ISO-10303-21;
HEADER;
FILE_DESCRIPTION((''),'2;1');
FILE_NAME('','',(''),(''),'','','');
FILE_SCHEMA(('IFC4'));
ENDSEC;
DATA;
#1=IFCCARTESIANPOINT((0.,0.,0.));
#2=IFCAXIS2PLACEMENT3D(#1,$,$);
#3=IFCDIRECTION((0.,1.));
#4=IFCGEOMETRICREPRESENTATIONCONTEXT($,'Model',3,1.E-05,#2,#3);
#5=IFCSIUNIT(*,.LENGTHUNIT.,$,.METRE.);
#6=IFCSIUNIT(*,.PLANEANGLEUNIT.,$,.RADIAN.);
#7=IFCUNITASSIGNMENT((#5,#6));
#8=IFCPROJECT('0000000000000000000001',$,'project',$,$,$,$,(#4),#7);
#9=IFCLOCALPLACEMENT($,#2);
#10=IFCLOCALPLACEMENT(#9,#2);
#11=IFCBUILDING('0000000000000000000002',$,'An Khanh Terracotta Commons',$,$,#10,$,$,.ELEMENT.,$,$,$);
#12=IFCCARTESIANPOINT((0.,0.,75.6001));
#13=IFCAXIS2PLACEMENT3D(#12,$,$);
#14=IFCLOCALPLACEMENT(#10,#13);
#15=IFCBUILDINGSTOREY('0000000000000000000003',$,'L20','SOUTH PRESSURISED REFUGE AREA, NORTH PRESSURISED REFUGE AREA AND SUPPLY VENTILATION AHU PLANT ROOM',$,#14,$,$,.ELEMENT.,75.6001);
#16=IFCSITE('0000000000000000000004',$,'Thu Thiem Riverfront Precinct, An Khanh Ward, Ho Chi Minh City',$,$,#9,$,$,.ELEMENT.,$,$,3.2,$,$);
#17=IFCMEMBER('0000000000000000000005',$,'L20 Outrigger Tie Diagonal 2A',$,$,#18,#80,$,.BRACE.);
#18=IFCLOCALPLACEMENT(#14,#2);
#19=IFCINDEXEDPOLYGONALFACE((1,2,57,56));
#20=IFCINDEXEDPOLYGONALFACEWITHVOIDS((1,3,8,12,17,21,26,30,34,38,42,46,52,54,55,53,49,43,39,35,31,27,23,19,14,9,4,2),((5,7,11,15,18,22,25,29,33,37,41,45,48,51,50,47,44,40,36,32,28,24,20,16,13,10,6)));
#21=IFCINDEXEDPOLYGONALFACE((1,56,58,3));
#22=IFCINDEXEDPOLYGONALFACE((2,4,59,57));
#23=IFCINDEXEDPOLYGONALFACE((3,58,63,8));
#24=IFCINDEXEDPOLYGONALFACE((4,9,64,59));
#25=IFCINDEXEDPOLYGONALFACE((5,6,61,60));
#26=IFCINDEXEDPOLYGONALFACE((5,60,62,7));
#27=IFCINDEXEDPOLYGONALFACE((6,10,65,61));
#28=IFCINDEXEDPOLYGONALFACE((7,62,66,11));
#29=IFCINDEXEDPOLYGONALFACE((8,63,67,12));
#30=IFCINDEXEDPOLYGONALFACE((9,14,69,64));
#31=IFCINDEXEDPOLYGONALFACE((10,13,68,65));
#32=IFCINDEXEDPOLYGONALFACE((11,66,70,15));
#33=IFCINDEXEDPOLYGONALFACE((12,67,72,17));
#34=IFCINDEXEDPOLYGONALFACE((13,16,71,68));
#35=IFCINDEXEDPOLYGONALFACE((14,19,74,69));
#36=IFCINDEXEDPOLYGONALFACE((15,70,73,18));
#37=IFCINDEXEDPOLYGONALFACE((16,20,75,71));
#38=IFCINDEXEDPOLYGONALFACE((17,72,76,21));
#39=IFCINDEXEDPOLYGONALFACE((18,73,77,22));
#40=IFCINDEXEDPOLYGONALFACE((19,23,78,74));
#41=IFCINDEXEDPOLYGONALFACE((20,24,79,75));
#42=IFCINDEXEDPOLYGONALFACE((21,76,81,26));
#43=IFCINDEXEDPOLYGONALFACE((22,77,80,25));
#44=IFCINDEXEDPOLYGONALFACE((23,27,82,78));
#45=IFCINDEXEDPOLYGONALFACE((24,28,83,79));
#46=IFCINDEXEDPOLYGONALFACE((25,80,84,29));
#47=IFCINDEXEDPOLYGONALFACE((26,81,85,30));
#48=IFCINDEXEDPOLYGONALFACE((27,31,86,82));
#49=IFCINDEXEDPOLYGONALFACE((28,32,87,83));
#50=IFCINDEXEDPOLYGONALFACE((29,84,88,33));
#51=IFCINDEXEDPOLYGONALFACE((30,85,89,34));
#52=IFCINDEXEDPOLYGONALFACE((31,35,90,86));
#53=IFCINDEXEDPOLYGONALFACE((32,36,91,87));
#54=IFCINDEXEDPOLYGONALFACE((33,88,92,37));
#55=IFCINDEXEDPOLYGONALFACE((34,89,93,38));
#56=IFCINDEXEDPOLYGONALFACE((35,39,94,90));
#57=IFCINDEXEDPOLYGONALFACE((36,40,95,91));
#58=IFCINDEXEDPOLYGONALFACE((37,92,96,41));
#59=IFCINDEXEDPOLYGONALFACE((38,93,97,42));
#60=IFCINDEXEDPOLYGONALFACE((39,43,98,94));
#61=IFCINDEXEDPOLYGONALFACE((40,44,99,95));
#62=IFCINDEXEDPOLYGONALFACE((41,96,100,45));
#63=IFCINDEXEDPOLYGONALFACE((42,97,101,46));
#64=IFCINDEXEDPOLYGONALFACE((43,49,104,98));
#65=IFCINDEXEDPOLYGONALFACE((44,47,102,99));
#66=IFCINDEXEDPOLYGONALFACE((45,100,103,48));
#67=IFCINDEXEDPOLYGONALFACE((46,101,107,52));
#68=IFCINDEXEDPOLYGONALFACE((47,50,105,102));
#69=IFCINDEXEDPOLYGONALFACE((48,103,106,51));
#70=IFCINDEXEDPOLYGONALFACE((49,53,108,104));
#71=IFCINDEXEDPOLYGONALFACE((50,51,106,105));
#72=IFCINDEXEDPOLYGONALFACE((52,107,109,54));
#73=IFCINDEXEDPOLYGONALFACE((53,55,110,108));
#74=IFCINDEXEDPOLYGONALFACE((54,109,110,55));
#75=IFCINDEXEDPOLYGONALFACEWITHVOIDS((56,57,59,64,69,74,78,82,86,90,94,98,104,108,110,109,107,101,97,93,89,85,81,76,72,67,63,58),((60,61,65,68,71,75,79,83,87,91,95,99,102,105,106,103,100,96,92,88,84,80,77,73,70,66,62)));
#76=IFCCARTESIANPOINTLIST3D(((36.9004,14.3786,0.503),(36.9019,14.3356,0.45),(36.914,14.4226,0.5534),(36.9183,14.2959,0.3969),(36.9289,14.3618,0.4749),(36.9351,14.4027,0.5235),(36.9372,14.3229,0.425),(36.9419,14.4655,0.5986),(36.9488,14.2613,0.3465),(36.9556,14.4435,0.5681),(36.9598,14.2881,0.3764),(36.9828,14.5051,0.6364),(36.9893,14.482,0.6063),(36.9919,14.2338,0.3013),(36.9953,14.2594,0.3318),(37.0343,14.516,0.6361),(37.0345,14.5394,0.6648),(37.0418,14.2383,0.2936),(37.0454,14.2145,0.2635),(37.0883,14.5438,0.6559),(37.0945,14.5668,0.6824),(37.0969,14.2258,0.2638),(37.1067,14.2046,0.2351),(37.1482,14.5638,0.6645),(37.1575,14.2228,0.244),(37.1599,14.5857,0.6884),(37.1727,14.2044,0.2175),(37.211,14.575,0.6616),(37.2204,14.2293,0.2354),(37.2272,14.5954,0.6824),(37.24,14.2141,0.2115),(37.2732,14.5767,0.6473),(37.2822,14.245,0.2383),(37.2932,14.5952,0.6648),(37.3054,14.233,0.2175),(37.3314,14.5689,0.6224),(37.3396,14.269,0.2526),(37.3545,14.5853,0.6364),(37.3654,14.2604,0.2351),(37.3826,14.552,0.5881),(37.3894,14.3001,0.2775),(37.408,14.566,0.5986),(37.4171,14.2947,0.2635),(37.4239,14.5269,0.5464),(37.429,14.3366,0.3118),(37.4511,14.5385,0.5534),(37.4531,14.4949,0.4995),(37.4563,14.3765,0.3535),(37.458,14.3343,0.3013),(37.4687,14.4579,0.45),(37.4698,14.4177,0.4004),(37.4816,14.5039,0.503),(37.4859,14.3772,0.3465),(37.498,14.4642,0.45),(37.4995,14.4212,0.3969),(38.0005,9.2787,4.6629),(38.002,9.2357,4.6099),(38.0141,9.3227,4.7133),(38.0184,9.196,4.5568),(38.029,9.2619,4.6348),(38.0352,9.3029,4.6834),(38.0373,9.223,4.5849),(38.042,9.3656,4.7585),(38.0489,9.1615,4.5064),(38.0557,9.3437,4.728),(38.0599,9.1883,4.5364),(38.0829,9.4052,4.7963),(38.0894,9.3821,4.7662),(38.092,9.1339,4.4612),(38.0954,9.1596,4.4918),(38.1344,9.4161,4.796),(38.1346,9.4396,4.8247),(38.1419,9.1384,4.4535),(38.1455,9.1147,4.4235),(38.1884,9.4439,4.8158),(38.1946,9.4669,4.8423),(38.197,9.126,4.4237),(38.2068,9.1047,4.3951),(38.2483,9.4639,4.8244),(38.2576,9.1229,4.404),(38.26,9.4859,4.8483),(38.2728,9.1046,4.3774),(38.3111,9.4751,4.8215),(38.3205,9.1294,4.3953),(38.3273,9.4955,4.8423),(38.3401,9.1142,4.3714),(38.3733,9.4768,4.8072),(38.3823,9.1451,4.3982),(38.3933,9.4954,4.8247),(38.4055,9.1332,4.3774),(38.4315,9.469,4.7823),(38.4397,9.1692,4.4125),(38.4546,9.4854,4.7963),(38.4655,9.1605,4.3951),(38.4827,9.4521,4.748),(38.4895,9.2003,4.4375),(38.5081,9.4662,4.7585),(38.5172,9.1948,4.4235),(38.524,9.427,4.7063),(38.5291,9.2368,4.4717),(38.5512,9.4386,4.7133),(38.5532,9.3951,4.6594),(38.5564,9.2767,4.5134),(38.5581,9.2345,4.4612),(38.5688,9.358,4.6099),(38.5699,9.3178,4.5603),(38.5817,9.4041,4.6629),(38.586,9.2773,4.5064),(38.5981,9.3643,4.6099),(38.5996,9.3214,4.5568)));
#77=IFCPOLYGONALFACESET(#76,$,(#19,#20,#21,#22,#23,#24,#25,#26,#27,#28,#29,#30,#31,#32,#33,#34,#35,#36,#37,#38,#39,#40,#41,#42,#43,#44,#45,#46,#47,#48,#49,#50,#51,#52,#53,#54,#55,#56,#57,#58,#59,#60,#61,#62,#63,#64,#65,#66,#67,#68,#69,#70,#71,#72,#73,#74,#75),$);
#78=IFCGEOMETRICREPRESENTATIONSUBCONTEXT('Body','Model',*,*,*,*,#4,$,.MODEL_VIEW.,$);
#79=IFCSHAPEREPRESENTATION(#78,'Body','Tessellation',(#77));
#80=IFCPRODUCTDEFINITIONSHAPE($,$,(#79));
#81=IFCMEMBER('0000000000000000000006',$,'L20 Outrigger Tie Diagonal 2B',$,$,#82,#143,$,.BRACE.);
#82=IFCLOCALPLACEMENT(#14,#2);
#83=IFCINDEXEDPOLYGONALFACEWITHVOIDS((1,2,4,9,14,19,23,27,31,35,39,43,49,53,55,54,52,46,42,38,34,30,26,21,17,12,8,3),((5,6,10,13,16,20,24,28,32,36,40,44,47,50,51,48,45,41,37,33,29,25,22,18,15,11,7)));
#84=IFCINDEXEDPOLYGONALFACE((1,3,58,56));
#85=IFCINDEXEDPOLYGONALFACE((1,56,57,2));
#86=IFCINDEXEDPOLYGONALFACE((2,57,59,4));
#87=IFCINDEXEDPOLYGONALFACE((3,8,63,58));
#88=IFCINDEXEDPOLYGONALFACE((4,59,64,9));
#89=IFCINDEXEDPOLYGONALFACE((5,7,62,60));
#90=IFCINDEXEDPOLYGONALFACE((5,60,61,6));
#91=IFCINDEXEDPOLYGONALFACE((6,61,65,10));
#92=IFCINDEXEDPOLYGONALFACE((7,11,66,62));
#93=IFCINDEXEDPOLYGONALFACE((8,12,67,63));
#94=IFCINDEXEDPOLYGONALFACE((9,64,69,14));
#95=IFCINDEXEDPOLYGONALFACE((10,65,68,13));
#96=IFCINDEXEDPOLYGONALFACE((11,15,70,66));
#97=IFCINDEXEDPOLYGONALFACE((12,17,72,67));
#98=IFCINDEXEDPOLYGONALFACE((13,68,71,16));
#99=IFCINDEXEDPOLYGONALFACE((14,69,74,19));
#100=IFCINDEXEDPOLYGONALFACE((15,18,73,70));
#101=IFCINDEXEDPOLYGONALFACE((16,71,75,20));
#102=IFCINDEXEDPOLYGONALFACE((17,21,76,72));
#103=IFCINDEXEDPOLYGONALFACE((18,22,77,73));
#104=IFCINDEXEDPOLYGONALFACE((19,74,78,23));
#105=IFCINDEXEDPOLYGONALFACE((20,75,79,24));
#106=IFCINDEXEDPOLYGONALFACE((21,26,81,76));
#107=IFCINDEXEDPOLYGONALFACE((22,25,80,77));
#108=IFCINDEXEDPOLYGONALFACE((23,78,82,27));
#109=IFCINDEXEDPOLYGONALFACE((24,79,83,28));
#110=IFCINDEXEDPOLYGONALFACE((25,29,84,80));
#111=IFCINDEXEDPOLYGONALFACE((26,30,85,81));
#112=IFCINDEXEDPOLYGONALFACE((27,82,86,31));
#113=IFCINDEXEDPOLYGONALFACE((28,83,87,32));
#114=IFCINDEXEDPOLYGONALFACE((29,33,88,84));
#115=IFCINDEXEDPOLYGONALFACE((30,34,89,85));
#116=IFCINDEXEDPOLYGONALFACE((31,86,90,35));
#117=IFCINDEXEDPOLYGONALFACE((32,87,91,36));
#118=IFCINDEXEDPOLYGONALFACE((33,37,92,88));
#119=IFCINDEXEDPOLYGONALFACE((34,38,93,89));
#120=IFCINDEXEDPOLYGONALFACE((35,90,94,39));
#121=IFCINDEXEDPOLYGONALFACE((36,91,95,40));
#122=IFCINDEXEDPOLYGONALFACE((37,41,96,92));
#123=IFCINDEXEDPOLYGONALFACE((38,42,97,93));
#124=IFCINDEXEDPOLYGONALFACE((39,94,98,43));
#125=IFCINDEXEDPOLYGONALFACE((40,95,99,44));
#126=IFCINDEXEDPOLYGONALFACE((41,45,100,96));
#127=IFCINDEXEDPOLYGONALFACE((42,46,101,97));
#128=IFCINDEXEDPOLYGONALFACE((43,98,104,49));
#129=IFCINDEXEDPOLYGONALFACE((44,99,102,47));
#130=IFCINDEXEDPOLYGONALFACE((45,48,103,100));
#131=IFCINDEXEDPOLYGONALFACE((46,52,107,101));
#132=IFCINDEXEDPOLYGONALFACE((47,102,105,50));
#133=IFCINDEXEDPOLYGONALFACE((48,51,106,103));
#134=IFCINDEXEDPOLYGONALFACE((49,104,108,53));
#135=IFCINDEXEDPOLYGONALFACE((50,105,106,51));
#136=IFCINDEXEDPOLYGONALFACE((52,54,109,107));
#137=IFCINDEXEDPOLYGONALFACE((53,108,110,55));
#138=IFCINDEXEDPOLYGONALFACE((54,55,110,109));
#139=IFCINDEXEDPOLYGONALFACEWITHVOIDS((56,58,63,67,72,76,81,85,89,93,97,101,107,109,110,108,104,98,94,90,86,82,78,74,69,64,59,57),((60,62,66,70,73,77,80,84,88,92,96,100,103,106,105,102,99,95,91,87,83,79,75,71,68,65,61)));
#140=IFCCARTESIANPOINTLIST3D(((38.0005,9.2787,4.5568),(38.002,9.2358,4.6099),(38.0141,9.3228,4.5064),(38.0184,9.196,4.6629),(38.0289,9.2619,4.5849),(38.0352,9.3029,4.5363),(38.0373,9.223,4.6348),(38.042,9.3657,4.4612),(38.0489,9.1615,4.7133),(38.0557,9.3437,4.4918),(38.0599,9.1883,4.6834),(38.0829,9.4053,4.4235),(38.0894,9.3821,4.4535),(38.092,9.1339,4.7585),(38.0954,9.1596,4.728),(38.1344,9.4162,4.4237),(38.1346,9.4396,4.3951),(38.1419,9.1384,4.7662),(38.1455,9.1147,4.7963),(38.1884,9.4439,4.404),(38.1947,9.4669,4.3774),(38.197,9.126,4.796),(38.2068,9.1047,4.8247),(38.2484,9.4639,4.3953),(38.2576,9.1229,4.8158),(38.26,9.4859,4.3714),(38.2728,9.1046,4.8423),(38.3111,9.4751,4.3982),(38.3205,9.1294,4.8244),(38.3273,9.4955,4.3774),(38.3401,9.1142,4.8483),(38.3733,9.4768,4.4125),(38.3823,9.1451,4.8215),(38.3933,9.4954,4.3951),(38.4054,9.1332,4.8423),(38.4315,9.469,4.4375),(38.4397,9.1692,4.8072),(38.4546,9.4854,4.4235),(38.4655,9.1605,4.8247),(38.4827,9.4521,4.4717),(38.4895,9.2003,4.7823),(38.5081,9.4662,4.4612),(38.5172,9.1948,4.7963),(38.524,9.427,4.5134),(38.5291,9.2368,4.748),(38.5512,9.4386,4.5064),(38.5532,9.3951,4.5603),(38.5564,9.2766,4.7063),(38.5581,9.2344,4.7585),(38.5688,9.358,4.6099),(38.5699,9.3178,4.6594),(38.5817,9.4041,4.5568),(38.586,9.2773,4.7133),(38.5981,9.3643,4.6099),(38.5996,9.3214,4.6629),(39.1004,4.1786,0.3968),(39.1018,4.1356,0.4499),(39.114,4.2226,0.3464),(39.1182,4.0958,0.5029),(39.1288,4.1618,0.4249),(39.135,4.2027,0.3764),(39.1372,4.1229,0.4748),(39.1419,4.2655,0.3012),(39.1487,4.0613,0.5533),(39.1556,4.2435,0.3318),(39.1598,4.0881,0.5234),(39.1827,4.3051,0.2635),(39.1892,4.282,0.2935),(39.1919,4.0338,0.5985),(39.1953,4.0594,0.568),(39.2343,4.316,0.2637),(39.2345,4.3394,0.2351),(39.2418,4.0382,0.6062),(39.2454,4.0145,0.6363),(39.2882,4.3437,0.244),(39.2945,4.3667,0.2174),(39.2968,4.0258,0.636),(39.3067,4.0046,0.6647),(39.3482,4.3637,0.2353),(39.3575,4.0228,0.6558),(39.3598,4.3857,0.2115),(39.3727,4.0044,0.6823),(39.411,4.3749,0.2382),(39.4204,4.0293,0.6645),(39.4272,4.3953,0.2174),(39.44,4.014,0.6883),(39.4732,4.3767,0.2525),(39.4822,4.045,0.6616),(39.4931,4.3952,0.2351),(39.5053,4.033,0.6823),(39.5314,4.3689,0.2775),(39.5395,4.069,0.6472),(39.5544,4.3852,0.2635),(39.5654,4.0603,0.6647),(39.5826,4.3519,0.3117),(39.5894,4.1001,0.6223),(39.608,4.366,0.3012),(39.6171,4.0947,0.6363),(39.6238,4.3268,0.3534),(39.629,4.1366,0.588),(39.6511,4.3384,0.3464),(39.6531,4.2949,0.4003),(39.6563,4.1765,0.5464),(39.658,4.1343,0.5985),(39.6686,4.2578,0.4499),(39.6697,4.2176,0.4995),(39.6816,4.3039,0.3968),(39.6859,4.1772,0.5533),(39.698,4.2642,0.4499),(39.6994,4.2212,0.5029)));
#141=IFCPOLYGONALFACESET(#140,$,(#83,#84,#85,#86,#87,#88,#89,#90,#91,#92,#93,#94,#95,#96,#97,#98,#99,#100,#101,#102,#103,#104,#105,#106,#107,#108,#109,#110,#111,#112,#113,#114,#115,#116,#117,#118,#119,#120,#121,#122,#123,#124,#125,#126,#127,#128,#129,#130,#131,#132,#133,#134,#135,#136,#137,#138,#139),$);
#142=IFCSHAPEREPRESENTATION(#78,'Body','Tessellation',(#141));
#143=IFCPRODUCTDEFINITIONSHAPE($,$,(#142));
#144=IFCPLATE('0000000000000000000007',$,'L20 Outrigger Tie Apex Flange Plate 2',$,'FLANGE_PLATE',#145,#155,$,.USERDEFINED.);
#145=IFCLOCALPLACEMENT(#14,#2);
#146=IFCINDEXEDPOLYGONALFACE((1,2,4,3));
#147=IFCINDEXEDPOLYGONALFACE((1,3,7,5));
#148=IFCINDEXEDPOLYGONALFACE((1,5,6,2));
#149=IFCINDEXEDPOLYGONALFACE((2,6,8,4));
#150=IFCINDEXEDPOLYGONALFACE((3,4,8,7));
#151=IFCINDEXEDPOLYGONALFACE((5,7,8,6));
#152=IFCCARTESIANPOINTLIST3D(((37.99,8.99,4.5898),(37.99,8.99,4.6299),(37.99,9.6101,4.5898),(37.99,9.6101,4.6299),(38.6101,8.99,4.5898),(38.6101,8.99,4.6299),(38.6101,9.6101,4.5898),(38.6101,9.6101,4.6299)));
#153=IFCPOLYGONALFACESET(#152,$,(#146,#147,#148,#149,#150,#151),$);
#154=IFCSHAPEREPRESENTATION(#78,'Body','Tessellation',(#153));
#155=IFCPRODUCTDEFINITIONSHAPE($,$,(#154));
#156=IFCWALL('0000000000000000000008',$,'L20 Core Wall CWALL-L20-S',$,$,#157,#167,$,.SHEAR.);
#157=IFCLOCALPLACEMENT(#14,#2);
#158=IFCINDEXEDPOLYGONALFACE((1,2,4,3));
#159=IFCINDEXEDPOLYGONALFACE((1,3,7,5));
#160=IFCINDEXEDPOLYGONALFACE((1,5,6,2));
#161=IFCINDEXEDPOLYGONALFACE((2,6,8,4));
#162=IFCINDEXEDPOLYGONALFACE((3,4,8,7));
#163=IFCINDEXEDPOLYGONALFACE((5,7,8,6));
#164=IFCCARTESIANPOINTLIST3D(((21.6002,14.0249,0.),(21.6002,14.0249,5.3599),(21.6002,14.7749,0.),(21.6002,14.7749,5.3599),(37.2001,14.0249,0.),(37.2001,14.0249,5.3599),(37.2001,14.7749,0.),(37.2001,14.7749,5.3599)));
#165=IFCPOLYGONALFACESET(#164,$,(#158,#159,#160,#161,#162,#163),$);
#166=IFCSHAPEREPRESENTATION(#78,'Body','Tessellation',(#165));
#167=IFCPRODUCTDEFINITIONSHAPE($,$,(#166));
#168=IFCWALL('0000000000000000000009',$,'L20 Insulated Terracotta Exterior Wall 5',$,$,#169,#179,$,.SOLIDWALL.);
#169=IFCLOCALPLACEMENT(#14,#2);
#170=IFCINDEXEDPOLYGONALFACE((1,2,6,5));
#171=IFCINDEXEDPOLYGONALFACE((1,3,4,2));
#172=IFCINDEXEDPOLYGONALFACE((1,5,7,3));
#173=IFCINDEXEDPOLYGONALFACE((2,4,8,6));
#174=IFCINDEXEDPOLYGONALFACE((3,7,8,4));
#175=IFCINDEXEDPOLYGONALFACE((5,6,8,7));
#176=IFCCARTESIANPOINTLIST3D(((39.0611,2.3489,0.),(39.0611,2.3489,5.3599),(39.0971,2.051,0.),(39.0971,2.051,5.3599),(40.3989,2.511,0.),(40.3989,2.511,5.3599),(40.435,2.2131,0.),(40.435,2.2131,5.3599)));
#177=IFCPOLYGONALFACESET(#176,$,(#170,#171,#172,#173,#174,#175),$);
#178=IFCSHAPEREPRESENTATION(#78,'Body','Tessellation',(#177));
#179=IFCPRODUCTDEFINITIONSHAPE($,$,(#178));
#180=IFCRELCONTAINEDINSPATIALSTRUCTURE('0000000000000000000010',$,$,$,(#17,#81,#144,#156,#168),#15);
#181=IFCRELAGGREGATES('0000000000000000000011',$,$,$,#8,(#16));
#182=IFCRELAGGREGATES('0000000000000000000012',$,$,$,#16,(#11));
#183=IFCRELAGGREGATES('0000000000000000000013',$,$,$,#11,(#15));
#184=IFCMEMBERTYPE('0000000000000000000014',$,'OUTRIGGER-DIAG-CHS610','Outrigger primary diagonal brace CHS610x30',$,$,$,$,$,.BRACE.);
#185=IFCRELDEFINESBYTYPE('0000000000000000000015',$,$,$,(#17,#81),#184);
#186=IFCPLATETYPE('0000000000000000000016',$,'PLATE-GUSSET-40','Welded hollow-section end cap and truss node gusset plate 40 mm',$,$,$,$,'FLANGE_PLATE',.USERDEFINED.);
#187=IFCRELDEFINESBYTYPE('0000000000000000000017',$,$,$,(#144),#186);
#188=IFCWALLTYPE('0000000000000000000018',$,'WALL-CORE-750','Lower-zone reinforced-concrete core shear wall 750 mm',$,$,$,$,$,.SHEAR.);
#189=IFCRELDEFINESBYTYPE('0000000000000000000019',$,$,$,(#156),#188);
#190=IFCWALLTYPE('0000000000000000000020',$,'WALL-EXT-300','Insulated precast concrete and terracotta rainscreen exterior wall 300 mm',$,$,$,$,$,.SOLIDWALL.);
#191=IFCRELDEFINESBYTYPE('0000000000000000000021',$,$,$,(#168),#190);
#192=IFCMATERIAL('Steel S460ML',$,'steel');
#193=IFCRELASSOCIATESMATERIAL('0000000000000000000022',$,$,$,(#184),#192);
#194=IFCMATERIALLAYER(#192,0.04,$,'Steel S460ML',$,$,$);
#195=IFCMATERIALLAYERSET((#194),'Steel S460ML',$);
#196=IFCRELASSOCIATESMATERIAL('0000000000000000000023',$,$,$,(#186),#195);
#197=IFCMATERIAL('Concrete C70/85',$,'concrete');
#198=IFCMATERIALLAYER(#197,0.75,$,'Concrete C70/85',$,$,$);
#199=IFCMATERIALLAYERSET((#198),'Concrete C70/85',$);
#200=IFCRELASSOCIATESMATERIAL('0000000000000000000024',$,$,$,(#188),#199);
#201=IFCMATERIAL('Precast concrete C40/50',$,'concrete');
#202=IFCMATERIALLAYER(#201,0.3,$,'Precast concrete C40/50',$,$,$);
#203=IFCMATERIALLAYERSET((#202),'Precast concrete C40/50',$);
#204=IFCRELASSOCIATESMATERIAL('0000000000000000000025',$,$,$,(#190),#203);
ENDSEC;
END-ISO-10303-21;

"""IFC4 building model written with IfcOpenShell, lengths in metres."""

from ifc_helpers import new_model, si_unit, direction, frame, frame_2d, origin, origin_2d, place, context, subcontext, project, spatial, rectangle, hollow_circle, extrude, material, layer, layer_set, material_profile, profile_set, type_object, element, save


model = new_model("IFC4")

# Units and contexts
model_context = context("Model", 3, precision=1e-05, world=origin(), true_north=direction((0.0, 1.0)))
body_context = subcontext(model_context, "Body", "Model", "MODEL_VIEW")
ifc_project = project(units=[si_unit("LENGTHUNIT", "METRE"), si_unit("PLANEANGLEUNIT", "RADIAN")], contexts=[model_context])

# Site, building, storey
site_placement = place(None, origin())
site = spatial("IfcSite", under=ifc_project, at=site_placement, Name="Thu Thiem Riverfront Precinct, An Khanh Ward, Ho Chi Minh City", CompositionType="ELEMENT", RefElevation=3.2)
building_placement = place(site_placement, origin())
building = spatial("IfcBuilding", under=site, at=building_placement, Name="An Khanh Terracotta Commons", CompositionType="ELEMENT")
storey_placement = place(building_placement, frame((0.0, 0.0, 75.6001)))
storey = spatial("IfcBuildingStorey", under=building, at=storey_placement, Name="L20", Description="SOUTH PRESSURISED REFUGE AREA, NORTH PRESSURISED REFUGE AREA AND SUPPLY VENTILATION AHU PLANT ROOM", CompositionType="ELEMENT", Elevation=75.6001)

# Shared definitions
ifc_material_1 = material(Name="Concrete C70/85", Category="concrete")

# Shared definitions
ifc_material_2 = material(Name="Steel S460ML", Category="steel")

# Members
ifc_material_profile_1 = material_profile(ifc_material_2, hollow_circle(Radius=0.3049, WallThickness=0.03, at=origin_2d()), Name="CHS610x30")
ifc_profile_set_1 = profile_set([ifc_material_profile_1], Name="Steel S460ML")
member_type_1 = type_object("IfcMemberType", Name="OUTRIGGER-DIAG-CHS610", Description="Outrigger primary diagonal brace CHS610x30", PredefinedType="BRACE", material=ifc_profile_set_1)
member_1_placement = place(storey_placement, frame((37.2, 14.3999, 0.45), z_axis=(0.164868, -0.764298, 0.623432), x_axis=(0.977516, 0.210862, 0.0)))
element("IfcMember", 1, at=member_1_placement, inside=storey, type_object=member_type_1, Name="L20 Outrigger Tie Diagonal 2A", PredefinedType="BRACE", context=body_context, shape_type="SweptSolid", body=[
    extrude(hollow_circle(Radius=0.3049, WallThickness=0.03, at=origin_2d()), origin(), (0.0, 0.0, 1.0), 6.6726),
])
member_2_placement = place(storey_placement, frame((38.3, 9.3, 4.6099), z_axis=(0.164828, -0.764318, -0.623418), x_axis=(0.977528, 0.210807, 0.0)))
element("IfcMember", 2, at=member_2_placement, inside=storey, type_object=member_type_1, Name="L20 Outrigger Tie Diagonal 2B", PredefinedType="BRACE", context=body_context, shape_type="SweptSolid", body=[
    extrude(hollow_circle(Radius=0.3049, WallThickness=0.03, at=origin_2d()), origin(), (0.0, 0.0, 1.0), 6.6729),
])

# Plate
ifc_layer_1 = layer(ifc_material_2, 0.04, Name="Steel S460ML")
ifc_layer_set_1 = layer_set([ifc_layer_1], Name="Steel S460ML")
plate_type = type_object("IfcPlateType", Name="PLATE-GUSSET-40", Description="Welded hollow-section end cap and truss node gusset plate 40 mm", ElementType="FLANGE_PLATE", PredefinedType="USERDEFINED", material=ifc_layer_set_1)
plate_placement = place(storey_placement, frame((38.3, 9.3, 4.5898), z_axis=(0.0, 0.0, 1.0), x_axis=(1.0, 0.0, 0.0)))
element("IfcPlate", 3, at=plate_placement, inside=storey, type_object=plate_type, Name="L20 Outrigger Tie Apex Flange Plate 2", ObjectType="FLANGE_PLATE", PredefinedType="USERDEFINED", context=body_context, shape_type="SweptSolid", body=[
    extrude(rectangle(XDim=0.6201, YDim=0.6201, at=origin_2d()), origin(), (0.0, 0.0, 1.0), 0.04),
])

# Walls
ifc_layer_2 = layer(ifc_material_1, 0.75, Name="Concrete C70/85")
ifc_layer_set_2 = layer_set([ifc_layer_2], Name="Concrete C70/85")
wall_type_1 = type_object("IfcWallType", Name="WALL-CORE-750", Description="Lower-zone reinforced-concrete core shear wall 750 mm", PredefinedType="SHEAR", material=ifc_layer_set_2)
wall_1_placement = place(storey_placement, frame((37.2, 14.3999, 0.0), z_axis=(0.0, 0.0, 1.0), x_axis=(-1.0, 0.0, 0.0)))
element("IfcWall", 4, at=wall_1_placement, inside=storey, type_object=wall_type_1, Name="L20 Core Wall CWALL-L20-S", PredefinedType="SHEAR", context=body_context, shape_type="SweptSolid", body=[
    extrude(rectangle(XDim=15.5999, YDim=0.75, at=frame_2d((7.7998, 0.0))), origin(), (0.0, 0.0, 1.0), 5.3599),
])
ifc_material_3 = material(Name="Precast concrete C40/50", Category="concrete")
ifc_layer_3 = layer(ifc_material_3, 0.3, Name="Precast concrete C40/50")
ifc_layer_set_3 = layer_set([ifc_layer_3], Name="Precast concrete C40/50")
wall_type_2 = type_object("IfcWallType", Name="WALL-EXT-300", Description="Insulated precast concrete and terracotta rainscreen exterior wall 300 mm", PredefinedType="SOLIDWALL", material=ifc_layer_set_3)
wall_2_placement = place(storey_placement, frame((39.0791, 2.2, 0.0), z_axis=(0.0, 0.0, 1.0), x_axis=(0.992739, 0.120288, 0.0)))
element("IfcWall", 5, at=wall_2_placement, inside=storey, type_object=wall_type_2, Name="L20 Insulated Terracotta Exterior Wall 5", PredefinedType="SOLIDWALL", context=body_context, shape_type="SweptSolid", body=[
    extrude(rectangle(XDim=1.3477, YDim=0.3, at=frame_2d((0.6738, 0.0))), origin(), (0.0, 0.0, 1.0), 5.3599),
])

save(model, "model.ifc")
